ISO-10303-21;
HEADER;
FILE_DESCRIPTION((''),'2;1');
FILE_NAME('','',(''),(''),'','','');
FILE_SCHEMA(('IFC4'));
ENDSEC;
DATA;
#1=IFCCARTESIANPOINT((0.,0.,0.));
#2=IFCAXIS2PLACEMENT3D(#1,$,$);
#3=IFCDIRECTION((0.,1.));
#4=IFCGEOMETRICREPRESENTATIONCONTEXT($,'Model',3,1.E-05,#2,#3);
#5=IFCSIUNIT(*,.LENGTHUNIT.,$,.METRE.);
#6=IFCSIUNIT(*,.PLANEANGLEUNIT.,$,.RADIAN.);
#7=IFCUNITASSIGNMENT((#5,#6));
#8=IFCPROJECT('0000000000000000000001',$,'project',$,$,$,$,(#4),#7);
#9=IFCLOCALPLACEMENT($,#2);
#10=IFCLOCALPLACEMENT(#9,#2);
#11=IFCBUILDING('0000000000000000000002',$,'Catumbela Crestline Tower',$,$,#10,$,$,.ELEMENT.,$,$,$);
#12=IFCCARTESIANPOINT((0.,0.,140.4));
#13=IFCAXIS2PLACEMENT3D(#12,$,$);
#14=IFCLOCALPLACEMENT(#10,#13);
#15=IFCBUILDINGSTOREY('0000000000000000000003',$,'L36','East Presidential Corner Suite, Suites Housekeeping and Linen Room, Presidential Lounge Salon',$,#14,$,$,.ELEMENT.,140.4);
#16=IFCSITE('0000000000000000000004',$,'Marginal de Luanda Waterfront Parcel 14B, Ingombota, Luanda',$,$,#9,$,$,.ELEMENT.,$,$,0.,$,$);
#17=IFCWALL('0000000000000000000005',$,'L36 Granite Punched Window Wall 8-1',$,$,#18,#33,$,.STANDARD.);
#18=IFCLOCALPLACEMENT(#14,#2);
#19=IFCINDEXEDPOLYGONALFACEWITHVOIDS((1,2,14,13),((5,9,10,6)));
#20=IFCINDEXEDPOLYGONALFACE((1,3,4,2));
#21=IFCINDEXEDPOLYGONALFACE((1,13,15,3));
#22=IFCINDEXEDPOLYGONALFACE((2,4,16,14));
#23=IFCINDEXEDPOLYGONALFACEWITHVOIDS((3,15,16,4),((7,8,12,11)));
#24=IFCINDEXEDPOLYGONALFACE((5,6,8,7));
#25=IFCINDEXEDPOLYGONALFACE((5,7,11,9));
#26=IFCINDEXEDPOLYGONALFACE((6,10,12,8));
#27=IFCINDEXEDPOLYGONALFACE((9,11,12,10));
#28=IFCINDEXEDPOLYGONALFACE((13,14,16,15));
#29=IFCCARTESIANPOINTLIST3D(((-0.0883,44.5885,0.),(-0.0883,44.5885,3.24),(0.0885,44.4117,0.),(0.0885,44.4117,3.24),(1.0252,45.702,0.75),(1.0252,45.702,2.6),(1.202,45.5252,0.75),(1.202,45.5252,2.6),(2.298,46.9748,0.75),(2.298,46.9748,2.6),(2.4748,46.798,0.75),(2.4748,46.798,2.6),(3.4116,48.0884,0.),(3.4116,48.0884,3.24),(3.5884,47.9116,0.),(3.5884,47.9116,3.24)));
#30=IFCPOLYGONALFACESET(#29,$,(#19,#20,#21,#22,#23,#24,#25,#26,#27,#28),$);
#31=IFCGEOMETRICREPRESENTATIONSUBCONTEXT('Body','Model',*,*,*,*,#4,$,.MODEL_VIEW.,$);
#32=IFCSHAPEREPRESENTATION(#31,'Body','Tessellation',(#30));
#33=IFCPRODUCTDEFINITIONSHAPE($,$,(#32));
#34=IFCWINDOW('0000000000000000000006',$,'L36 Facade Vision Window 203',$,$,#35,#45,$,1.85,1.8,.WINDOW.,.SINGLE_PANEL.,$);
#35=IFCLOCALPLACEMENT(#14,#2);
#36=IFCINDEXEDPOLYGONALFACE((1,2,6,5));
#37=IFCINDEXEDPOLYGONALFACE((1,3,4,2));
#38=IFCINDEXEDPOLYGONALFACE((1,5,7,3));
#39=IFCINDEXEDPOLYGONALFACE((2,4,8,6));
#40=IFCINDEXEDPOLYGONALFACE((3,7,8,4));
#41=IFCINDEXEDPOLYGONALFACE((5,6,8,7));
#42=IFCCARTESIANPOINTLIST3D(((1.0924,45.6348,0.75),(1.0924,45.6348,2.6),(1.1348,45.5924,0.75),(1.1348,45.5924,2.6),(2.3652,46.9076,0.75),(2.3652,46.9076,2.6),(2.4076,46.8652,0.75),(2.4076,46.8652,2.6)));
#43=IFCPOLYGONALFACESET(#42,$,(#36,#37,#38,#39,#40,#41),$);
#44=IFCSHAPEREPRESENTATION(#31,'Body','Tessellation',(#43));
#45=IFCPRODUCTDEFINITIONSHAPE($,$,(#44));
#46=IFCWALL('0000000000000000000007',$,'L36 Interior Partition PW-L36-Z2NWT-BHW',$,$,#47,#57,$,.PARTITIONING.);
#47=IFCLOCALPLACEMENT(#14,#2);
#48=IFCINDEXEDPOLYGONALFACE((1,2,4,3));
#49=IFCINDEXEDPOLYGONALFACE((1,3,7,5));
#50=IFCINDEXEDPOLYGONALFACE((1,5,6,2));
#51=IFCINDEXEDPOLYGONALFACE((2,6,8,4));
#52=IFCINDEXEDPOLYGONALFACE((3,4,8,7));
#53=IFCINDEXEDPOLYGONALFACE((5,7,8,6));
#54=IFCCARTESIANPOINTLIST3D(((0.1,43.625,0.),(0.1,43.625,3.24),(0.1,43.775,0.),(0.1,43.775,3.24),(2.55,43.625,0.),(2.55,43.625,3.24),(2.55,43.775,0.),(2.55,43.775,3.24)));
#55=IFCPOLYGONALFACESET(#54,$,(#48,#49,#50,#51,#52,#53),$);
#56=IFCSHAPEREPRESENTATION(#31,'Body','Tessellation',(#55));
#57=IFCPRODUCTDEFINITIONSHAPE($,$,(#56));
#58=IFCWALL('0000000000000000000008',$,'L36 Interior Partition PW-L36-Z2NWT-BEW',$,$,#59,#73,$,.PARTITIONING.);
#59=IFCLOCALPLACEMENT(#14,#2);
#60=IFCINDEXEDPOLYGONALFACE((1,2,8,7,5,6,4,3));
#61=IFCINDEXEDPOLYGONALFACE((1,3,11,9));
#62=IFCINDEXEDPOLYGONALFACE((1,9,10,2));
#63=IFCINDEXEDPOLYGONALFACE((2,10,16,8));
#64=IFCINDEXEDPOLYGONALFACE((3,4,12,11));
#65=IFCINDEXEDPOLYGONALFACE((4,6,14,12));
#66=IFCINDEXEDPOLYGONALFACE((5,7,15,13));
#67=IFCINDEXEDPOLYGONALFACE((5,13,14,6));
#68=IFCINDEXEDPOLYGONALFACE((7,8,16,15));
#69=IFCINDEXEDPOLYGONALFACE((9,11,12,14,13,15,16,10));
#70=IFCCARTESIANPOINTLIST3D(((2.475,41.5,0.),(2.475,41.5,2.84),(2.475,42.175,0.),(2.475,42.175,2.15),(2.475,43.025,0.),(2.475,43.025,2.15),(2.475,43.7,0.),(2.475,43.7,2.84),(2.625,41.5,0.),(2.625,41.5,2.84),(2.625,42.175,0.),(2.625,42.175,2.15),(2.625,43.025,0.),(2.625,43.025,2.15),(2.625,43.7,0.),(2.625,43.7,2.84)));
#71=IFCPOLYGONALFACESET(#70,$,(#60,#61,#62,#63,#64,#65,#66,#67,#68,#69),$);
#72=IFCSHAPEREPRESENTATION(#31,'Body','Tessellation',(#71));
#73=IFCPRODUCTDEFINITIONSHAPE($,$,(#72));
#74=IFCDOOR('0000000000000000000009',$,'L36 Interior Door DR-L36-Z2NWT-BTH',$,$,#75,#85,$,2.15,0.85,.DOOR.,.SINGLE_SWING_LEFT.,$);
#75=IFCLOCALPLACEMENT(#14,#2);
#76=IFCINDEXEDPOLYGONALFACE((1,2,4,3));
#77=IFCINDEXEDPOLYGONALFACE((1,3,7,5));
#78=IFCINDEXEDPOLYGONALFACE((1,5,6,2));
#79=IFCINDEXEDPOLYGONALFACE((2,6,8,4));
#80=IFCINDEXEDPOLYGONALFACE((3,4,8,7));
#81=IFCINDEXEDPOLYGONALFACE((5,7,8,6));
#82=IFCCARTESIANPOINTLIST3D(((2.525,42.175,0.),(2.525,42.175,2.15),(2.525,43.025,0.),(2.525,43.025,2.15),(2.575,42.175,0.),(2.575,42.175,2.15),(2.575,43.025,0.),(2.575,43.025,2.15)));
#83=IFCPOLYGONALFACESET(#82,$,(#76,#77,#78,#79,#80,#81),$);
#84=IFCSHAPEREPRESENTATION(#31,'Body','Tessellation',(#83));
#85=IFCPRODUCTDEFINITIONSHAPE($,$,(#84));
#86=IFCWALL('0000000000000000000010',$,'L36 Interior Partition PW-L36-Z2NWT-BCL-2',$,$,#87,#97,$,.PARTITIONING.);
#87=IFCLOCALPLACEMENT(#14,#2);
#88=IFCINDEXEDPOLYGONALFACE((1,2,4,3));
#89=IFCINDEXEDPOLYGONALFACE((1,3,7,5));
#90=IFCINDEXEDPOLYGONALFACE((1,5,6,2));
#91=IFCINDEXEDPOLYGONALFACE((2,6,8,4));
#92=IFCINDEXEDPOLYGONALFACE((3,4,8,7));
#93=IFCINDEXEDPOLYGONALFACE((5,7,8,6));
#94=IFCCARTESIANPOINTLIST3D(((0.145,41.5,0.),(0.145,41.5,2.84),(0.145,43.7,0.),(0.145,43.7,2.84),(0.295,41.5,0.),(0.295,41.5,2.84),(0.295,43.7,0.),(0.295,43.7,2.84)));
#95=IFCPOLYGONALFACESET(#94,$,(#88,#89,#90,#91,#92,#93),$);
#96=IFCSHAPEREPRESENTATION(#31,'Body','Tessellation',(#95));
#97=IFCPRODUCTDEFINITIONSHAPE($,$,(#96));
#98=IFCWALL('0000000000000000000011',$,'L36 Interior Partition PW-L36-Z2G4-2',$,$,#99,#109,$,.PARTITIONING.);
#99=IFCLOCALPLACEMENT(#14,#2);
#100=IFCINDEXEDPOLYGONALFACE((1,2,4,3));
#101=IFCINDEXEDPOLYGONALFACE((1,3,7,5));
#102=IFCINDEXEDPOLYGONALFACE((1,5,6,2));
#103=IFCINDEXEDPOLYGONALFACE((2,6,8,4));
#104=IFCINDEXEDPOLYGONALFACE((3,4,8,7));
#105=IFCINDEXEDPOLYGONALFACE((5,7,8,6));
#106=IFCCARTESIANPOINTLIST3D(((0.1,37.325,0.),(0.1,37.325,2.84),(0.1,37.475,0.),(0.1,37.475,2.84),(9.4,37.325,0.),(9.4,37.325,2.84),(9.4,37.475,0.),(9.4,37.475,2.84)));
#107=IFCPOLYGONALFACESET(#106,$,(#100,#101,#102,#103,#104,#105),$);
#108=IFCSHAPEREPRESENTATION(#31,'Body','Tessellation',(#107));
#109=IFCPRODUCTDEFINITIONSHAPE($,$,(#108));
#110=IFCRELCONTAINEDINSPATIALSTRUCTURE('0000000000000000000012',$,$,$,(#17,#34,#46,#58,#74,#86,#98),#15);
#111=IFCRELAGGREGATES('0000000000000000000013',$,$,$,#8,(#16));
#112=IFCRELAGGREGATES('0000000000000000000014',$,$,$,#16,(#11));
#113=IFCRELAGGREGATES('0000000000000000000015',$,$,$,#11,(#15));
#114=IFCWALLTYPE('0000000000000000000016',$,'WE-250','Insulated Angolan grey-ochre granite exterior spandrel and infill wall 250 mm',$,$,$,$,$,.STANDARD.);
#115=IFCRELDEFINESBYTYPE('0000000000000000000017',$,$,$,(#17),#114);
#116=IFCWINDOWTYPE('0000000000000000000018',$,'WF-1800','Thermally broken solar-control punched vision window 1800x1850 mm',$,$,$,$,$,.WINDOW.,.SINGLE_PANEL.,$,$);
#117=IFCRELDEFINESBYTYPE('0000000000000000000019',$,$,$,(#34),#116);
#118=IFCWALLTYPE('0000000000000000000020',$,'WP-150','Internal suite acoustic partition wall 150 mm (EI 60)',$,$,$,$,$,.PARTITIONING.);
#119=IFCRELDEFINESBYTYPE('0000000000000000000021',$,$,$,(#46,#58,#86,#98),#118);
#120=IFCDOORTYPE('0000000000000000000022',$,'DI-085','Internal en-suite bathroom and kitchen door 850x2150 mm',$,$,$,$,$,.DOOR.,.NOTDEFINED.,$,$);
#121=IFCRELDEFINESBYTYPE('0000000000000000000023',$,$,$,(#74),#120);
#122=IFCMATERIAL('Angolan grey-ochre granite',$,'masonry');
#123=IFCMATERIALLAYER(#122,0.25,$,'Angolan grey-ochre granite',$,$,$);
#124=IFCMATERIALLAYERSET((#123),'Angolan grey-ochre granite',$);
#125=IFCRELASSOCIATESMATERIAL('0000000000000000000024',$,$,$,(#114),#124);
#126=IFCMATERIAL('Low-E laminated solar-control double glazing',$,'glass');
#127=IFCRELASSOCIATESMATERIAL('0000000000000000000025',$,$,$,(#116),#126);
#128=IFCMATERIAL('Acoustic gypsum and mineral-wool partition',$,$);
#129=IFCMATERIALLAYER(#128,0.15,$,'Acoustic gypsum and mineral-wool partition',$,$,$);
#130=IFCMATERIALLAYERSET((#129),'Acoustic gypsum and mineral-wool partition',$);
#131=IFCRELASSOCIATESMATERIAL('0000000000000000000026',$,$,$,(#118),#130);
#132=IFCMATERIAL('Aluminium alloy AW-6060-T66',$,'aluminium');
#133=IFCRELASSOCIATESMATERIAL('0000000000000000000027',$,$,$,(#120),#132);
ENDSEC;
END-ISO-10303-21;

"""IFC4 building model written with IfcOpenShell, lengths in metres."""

from ifc_helpers import new_model, si_unit, direction, frame, frame_2d, origin, place, context, subcontext, project, spatial, rectangle, extrude, material, layer, layer_set, type_object, element, fill, save


model = new_model("IFC4")

# Units and contexts
model_context = context("Model", 3, precision=1e-05, world=origin(), true_north=direction((0.0, 1.0)))
body_context = subcontext(model_context, "Body", "Model", "MODEL_VIEW")
ifc_project = project(units=[si_unit("LENGTHUNIT", "METRE"), si_unit("PLANEANGLEUNIT", "RADIAN")], contexts=[model_context])

# Site, building, storey
site_placement = place(None, origin())
site = spatial("IfcSite", under=ifc_project, at=site_placement, Name="Marginal de Luanda Waterfront Parcel 14B, Ingombota, Luanda", CompositionType="ELEMENT", RefElevation=0.0)
building_placement = place(site_placement, origin())
building = spatial("IfcBuilding", under=site, at=building_placement, Name="Catumbela Crestline Tower", CompositionType="ELEMENT")
storey_placement = place(building_placement, frame((0.0, 0.0, 140.4)))
storey = spatial("IfcBuildingStorey", under=building, at=storey_placement, Name="L36", Description="East Presidential Corner Suite, Suites Housekeeping and Linen Room, Presidential Lounge Salon", CompositionType="ELEMENT", Elevation=140.4)

# Shared definitions
ifc_material_1 = material(Name="Aluminium alloy AW-6060-T66", Category="aluminium")

# Shared definitions
ifc_material_2 = material(Name="Low-E laminated solar-control double glazing", Category="glass")

# Shared definitions
ifc_material_3 = material(Name="Acoustic gypsum and mineral-wool partition")

# Wall, opening, window
ifc_material_4 = material(Name="Angolan grey-ochre granite", Category="masonry")
ifc_layer_1 = layer(ifc_material_4, 0.25, Name="Angolan grey-ochre granite")
ifc_layer_set_1 = layer_set([ifc_layer_1], Name="Angolan grey-ochre granite")
wall_type_1 = type_object("IfcWallType", Name="WE-250", Description="Insulated Angolan grey-ochre granite exterior spandrel and infill wall 250 mm", PredefinedType="STANDARD", material=ifc_layer_set_1)
wall_1_placement = place(storey_placement, frame((3.5, 48.0, 0.0), z_axis=(0.0, 0.0, 1.0), x_axis=(-0.707107, -0.707107, 0.0)))
wall_1 = element("IfcWall", 1, at=wall_1_placement, inside=storey, type_object=wall_type_1, Name="L36 Granite Punched Window Wall 8-1", PredefinedType="STANDARD", context=body_context, shape_type="SweptSolid", body=[
    extrude(rectangle(XDim=4.9497, YDim=0.25, at=frame_2d((2.4748, 0.0))), origin(), (0.0, 0.0, 1.0), 3.24),
])
opening_1_placement = place(wall_1_placement, frame((1.5749, 0.0, 0.75)))
opening_1 = element("IfcOpeningElement", 2, at=opening_1_placement, cuts=wall_1, PredefinedType="OPENING", context=body_context, shape_type="SweptSolid", body=[
    extrude(rectangle(XDim=1.8, YDim=1.85, at=frame_2d((0.9, 0.925))), frame((0.0, 0.135, 0.0), z_axis=(0.0, -1.0, 0.0), x_axis=(1.0, 0.0, 0.0)), (0.0, 0.0, 1.0), 0.27),
])
window_type = type_object("IfcWindowType", Name="WF-1800", Description="Thermally broken solar-control punched vision window 1800x1850 mm", PartitioningType="SINGLE_PANEL", PredefinedType="WINDOW", material=ifc_material_2)
window_placement = place(opening_1_placement, origin())
window = element("IfcWindow", 3, at=window_placement, inside=storey, type_object=window_type, Name="L36 Facade Vision Window 203", OverallHeight=1.85, OverallWidth=1.8, PartitioningType="SINGLE_PANEL", PredefinedType="WINDOW", context=body_context, shape_type="SweptSolid", body=[
    extrude(rectangle(XDim=1.8, YDim=1.85, at=frame_2d((0.9, 0.925))), frame((0.0, 0.03, 0.0), z_axis=(0.0, -1.0, 0.0), x_axis=(1.0, 0.0, 0.0)), (0.0, 0.0, 1.0), 0.06),
])
fill(opening_1, window)

# Wall
ifc_layer_2 = layer(ifc_material_3, 0.15, Name="Acoustic gypsum and mineral-wool partition")
ifc_layer_set_2 = layer_set([ifc_layer_2], Name="Acoustic gypsum and mineral-wool partition")
wall_type_2 = type_object("IfcWallType", Name="WP-150", Description="Internal suite acoustic partition wall 150 mm (EI 60)", PredefinedType="PARTITIONING", material=ifc_layer_set_2)
wall_2_placement = place(storey_placement, frame((0.1, 43.7, 0.0), z_axis=(0.0, 0.0, 1.0), x_axis=(1.0, 0.0, 0.0)))
element("IfcWall", 4, at=wall_2_placement, inside=storey, type_object=wall_type_2, Name="L36 Interior Partition PW-L36-Z2NWT-BHW", PredefinedType="PARTITIONING", context=body_context, shape_type="SweptSolid", body=[
    extrude(rectangle(XDim=2.45, YDim=0.15, at=frame_2d((1.225, 0.0))), origin(), (0.0, 0.0, 1.0), 3.24),
])

# Wall, opening, door
wall_3_placement = place(storey_placement, frame((2.55, 41.5, 0.0), z_axis=(0.0, 0.0, 1.0), x_axis=(0.0, 1.0, 0.0)))
wall_3 = element("IfcWall", 5, at=wall_3_placement, inside=storey, type_object=wall_type_2, Name="L36 Interior Partition PW-L36-Z2NWT-BEW", PredefinedType="PARTITIONING", context=body_context, shape_type="SweptSolid", body=[
    extrude(rectangle(XDim=2.2, YDim=0.15, at=frame_2d((1.1, 0.0))), origin(), (0.0, 0.0, 1.0), 2.84),
])
opening_2_placement = place(wall_3_placement, frame((0.675, 0.0, 0.0)))
opening_2 = element("IfcOpeningElement", 6, at=opening_2_placement, cuts=wall_3, PredefinedType="OPENING", context=body_context, shape_type="SweptSolid", body=[
    extrude(rectangle(XDim=0.85, YDim=2.15, at=frame_2d((0.425, 1.075))), frame((0.0, 0.085, 0.0), z_axis=(0.0, -1.0, 0.0), x_axis=(1.0, 0.0, 0.0)), (0.0, 0.0, 1.0), 0.17),
])
door_type_1 = type_object("IfcDoorType", Name="DI-085", Description="Internal en-suite bathroom and kitchen door 850x2150 mm", OperationType="NOTDEFINED", PredefinedType="DOOR", material=ifc_material_1)
door_1_placement = place(opening_2_placement, origin())
door_1 = element("IfcDoor", 7, at=door_1_placement, inside=storey, type_object=door_type_1, Name="L36 Interior Door DR-L36-Z2NWT-BTH", OperationType="SINGLE_SWING_LEFT", OverallHeight=2.15, OverallWidth=0.85, PredefinedType="DOOR", context=body_context, shape_type="SweptSolid", body=[
    extrude(rectangle(XDim=0.85, YDim=2.15, at=frame_2d((0.425, 1.075))), frame((0.0, 0.025, 0.0), z_axis=(0.0, -1.0, 0.0), x_axis=(1.0, 0.0, 0.0)), (0.0, 0.0, 1.0), 0.05),
])
fill(opening_2, door_1)

# Walls
wall_4_placement = place(storey_placement, frame((0.22, 41.5, 0.0), z_axis=(0.0, 0.0, 1.0), x_axis=(0.0, 1.0, 0.0)))
element("IfcWall", 8, at=wall_4_placement, inside=storey, type_object=wall_type_2, Name="L36 Interior Partition PW-L36-Z2NWT-BCL-2", PredefinedType="PARTITIONING", context=body_context, shape_type="SweptSolid", body=[
    extrude(rectangle(XDim=2.2, YDim=0.15, at=frame_2d((1.1, 0.0))), origin(), (0.0, 0.0, 1.0), 2.84),
])
wall_5_placement = place(storey_placement, frame((0.1, 37.4, 0.0), z_axis=(0.0, 0.0, 1.0), x_axis=(1.0, 0.0, 0.0)))
element("IfcWall", 9, at=wall_5_placement, inside=storey, type_object=wall_type_2, Name="L36 Interior Partition PW-L36-Z2G4-2", PredefinedType="PARTITIONING", context=body_context, shape_type="SweptSolid", body=[
    extrude(rectangle(XDim=9.3, YDim=0.15, at=frame_2d((4.65, 0.0))), origin(), (0.0, 0.0, 1.0), 2.84),
])

save(model, "model.ifc")
